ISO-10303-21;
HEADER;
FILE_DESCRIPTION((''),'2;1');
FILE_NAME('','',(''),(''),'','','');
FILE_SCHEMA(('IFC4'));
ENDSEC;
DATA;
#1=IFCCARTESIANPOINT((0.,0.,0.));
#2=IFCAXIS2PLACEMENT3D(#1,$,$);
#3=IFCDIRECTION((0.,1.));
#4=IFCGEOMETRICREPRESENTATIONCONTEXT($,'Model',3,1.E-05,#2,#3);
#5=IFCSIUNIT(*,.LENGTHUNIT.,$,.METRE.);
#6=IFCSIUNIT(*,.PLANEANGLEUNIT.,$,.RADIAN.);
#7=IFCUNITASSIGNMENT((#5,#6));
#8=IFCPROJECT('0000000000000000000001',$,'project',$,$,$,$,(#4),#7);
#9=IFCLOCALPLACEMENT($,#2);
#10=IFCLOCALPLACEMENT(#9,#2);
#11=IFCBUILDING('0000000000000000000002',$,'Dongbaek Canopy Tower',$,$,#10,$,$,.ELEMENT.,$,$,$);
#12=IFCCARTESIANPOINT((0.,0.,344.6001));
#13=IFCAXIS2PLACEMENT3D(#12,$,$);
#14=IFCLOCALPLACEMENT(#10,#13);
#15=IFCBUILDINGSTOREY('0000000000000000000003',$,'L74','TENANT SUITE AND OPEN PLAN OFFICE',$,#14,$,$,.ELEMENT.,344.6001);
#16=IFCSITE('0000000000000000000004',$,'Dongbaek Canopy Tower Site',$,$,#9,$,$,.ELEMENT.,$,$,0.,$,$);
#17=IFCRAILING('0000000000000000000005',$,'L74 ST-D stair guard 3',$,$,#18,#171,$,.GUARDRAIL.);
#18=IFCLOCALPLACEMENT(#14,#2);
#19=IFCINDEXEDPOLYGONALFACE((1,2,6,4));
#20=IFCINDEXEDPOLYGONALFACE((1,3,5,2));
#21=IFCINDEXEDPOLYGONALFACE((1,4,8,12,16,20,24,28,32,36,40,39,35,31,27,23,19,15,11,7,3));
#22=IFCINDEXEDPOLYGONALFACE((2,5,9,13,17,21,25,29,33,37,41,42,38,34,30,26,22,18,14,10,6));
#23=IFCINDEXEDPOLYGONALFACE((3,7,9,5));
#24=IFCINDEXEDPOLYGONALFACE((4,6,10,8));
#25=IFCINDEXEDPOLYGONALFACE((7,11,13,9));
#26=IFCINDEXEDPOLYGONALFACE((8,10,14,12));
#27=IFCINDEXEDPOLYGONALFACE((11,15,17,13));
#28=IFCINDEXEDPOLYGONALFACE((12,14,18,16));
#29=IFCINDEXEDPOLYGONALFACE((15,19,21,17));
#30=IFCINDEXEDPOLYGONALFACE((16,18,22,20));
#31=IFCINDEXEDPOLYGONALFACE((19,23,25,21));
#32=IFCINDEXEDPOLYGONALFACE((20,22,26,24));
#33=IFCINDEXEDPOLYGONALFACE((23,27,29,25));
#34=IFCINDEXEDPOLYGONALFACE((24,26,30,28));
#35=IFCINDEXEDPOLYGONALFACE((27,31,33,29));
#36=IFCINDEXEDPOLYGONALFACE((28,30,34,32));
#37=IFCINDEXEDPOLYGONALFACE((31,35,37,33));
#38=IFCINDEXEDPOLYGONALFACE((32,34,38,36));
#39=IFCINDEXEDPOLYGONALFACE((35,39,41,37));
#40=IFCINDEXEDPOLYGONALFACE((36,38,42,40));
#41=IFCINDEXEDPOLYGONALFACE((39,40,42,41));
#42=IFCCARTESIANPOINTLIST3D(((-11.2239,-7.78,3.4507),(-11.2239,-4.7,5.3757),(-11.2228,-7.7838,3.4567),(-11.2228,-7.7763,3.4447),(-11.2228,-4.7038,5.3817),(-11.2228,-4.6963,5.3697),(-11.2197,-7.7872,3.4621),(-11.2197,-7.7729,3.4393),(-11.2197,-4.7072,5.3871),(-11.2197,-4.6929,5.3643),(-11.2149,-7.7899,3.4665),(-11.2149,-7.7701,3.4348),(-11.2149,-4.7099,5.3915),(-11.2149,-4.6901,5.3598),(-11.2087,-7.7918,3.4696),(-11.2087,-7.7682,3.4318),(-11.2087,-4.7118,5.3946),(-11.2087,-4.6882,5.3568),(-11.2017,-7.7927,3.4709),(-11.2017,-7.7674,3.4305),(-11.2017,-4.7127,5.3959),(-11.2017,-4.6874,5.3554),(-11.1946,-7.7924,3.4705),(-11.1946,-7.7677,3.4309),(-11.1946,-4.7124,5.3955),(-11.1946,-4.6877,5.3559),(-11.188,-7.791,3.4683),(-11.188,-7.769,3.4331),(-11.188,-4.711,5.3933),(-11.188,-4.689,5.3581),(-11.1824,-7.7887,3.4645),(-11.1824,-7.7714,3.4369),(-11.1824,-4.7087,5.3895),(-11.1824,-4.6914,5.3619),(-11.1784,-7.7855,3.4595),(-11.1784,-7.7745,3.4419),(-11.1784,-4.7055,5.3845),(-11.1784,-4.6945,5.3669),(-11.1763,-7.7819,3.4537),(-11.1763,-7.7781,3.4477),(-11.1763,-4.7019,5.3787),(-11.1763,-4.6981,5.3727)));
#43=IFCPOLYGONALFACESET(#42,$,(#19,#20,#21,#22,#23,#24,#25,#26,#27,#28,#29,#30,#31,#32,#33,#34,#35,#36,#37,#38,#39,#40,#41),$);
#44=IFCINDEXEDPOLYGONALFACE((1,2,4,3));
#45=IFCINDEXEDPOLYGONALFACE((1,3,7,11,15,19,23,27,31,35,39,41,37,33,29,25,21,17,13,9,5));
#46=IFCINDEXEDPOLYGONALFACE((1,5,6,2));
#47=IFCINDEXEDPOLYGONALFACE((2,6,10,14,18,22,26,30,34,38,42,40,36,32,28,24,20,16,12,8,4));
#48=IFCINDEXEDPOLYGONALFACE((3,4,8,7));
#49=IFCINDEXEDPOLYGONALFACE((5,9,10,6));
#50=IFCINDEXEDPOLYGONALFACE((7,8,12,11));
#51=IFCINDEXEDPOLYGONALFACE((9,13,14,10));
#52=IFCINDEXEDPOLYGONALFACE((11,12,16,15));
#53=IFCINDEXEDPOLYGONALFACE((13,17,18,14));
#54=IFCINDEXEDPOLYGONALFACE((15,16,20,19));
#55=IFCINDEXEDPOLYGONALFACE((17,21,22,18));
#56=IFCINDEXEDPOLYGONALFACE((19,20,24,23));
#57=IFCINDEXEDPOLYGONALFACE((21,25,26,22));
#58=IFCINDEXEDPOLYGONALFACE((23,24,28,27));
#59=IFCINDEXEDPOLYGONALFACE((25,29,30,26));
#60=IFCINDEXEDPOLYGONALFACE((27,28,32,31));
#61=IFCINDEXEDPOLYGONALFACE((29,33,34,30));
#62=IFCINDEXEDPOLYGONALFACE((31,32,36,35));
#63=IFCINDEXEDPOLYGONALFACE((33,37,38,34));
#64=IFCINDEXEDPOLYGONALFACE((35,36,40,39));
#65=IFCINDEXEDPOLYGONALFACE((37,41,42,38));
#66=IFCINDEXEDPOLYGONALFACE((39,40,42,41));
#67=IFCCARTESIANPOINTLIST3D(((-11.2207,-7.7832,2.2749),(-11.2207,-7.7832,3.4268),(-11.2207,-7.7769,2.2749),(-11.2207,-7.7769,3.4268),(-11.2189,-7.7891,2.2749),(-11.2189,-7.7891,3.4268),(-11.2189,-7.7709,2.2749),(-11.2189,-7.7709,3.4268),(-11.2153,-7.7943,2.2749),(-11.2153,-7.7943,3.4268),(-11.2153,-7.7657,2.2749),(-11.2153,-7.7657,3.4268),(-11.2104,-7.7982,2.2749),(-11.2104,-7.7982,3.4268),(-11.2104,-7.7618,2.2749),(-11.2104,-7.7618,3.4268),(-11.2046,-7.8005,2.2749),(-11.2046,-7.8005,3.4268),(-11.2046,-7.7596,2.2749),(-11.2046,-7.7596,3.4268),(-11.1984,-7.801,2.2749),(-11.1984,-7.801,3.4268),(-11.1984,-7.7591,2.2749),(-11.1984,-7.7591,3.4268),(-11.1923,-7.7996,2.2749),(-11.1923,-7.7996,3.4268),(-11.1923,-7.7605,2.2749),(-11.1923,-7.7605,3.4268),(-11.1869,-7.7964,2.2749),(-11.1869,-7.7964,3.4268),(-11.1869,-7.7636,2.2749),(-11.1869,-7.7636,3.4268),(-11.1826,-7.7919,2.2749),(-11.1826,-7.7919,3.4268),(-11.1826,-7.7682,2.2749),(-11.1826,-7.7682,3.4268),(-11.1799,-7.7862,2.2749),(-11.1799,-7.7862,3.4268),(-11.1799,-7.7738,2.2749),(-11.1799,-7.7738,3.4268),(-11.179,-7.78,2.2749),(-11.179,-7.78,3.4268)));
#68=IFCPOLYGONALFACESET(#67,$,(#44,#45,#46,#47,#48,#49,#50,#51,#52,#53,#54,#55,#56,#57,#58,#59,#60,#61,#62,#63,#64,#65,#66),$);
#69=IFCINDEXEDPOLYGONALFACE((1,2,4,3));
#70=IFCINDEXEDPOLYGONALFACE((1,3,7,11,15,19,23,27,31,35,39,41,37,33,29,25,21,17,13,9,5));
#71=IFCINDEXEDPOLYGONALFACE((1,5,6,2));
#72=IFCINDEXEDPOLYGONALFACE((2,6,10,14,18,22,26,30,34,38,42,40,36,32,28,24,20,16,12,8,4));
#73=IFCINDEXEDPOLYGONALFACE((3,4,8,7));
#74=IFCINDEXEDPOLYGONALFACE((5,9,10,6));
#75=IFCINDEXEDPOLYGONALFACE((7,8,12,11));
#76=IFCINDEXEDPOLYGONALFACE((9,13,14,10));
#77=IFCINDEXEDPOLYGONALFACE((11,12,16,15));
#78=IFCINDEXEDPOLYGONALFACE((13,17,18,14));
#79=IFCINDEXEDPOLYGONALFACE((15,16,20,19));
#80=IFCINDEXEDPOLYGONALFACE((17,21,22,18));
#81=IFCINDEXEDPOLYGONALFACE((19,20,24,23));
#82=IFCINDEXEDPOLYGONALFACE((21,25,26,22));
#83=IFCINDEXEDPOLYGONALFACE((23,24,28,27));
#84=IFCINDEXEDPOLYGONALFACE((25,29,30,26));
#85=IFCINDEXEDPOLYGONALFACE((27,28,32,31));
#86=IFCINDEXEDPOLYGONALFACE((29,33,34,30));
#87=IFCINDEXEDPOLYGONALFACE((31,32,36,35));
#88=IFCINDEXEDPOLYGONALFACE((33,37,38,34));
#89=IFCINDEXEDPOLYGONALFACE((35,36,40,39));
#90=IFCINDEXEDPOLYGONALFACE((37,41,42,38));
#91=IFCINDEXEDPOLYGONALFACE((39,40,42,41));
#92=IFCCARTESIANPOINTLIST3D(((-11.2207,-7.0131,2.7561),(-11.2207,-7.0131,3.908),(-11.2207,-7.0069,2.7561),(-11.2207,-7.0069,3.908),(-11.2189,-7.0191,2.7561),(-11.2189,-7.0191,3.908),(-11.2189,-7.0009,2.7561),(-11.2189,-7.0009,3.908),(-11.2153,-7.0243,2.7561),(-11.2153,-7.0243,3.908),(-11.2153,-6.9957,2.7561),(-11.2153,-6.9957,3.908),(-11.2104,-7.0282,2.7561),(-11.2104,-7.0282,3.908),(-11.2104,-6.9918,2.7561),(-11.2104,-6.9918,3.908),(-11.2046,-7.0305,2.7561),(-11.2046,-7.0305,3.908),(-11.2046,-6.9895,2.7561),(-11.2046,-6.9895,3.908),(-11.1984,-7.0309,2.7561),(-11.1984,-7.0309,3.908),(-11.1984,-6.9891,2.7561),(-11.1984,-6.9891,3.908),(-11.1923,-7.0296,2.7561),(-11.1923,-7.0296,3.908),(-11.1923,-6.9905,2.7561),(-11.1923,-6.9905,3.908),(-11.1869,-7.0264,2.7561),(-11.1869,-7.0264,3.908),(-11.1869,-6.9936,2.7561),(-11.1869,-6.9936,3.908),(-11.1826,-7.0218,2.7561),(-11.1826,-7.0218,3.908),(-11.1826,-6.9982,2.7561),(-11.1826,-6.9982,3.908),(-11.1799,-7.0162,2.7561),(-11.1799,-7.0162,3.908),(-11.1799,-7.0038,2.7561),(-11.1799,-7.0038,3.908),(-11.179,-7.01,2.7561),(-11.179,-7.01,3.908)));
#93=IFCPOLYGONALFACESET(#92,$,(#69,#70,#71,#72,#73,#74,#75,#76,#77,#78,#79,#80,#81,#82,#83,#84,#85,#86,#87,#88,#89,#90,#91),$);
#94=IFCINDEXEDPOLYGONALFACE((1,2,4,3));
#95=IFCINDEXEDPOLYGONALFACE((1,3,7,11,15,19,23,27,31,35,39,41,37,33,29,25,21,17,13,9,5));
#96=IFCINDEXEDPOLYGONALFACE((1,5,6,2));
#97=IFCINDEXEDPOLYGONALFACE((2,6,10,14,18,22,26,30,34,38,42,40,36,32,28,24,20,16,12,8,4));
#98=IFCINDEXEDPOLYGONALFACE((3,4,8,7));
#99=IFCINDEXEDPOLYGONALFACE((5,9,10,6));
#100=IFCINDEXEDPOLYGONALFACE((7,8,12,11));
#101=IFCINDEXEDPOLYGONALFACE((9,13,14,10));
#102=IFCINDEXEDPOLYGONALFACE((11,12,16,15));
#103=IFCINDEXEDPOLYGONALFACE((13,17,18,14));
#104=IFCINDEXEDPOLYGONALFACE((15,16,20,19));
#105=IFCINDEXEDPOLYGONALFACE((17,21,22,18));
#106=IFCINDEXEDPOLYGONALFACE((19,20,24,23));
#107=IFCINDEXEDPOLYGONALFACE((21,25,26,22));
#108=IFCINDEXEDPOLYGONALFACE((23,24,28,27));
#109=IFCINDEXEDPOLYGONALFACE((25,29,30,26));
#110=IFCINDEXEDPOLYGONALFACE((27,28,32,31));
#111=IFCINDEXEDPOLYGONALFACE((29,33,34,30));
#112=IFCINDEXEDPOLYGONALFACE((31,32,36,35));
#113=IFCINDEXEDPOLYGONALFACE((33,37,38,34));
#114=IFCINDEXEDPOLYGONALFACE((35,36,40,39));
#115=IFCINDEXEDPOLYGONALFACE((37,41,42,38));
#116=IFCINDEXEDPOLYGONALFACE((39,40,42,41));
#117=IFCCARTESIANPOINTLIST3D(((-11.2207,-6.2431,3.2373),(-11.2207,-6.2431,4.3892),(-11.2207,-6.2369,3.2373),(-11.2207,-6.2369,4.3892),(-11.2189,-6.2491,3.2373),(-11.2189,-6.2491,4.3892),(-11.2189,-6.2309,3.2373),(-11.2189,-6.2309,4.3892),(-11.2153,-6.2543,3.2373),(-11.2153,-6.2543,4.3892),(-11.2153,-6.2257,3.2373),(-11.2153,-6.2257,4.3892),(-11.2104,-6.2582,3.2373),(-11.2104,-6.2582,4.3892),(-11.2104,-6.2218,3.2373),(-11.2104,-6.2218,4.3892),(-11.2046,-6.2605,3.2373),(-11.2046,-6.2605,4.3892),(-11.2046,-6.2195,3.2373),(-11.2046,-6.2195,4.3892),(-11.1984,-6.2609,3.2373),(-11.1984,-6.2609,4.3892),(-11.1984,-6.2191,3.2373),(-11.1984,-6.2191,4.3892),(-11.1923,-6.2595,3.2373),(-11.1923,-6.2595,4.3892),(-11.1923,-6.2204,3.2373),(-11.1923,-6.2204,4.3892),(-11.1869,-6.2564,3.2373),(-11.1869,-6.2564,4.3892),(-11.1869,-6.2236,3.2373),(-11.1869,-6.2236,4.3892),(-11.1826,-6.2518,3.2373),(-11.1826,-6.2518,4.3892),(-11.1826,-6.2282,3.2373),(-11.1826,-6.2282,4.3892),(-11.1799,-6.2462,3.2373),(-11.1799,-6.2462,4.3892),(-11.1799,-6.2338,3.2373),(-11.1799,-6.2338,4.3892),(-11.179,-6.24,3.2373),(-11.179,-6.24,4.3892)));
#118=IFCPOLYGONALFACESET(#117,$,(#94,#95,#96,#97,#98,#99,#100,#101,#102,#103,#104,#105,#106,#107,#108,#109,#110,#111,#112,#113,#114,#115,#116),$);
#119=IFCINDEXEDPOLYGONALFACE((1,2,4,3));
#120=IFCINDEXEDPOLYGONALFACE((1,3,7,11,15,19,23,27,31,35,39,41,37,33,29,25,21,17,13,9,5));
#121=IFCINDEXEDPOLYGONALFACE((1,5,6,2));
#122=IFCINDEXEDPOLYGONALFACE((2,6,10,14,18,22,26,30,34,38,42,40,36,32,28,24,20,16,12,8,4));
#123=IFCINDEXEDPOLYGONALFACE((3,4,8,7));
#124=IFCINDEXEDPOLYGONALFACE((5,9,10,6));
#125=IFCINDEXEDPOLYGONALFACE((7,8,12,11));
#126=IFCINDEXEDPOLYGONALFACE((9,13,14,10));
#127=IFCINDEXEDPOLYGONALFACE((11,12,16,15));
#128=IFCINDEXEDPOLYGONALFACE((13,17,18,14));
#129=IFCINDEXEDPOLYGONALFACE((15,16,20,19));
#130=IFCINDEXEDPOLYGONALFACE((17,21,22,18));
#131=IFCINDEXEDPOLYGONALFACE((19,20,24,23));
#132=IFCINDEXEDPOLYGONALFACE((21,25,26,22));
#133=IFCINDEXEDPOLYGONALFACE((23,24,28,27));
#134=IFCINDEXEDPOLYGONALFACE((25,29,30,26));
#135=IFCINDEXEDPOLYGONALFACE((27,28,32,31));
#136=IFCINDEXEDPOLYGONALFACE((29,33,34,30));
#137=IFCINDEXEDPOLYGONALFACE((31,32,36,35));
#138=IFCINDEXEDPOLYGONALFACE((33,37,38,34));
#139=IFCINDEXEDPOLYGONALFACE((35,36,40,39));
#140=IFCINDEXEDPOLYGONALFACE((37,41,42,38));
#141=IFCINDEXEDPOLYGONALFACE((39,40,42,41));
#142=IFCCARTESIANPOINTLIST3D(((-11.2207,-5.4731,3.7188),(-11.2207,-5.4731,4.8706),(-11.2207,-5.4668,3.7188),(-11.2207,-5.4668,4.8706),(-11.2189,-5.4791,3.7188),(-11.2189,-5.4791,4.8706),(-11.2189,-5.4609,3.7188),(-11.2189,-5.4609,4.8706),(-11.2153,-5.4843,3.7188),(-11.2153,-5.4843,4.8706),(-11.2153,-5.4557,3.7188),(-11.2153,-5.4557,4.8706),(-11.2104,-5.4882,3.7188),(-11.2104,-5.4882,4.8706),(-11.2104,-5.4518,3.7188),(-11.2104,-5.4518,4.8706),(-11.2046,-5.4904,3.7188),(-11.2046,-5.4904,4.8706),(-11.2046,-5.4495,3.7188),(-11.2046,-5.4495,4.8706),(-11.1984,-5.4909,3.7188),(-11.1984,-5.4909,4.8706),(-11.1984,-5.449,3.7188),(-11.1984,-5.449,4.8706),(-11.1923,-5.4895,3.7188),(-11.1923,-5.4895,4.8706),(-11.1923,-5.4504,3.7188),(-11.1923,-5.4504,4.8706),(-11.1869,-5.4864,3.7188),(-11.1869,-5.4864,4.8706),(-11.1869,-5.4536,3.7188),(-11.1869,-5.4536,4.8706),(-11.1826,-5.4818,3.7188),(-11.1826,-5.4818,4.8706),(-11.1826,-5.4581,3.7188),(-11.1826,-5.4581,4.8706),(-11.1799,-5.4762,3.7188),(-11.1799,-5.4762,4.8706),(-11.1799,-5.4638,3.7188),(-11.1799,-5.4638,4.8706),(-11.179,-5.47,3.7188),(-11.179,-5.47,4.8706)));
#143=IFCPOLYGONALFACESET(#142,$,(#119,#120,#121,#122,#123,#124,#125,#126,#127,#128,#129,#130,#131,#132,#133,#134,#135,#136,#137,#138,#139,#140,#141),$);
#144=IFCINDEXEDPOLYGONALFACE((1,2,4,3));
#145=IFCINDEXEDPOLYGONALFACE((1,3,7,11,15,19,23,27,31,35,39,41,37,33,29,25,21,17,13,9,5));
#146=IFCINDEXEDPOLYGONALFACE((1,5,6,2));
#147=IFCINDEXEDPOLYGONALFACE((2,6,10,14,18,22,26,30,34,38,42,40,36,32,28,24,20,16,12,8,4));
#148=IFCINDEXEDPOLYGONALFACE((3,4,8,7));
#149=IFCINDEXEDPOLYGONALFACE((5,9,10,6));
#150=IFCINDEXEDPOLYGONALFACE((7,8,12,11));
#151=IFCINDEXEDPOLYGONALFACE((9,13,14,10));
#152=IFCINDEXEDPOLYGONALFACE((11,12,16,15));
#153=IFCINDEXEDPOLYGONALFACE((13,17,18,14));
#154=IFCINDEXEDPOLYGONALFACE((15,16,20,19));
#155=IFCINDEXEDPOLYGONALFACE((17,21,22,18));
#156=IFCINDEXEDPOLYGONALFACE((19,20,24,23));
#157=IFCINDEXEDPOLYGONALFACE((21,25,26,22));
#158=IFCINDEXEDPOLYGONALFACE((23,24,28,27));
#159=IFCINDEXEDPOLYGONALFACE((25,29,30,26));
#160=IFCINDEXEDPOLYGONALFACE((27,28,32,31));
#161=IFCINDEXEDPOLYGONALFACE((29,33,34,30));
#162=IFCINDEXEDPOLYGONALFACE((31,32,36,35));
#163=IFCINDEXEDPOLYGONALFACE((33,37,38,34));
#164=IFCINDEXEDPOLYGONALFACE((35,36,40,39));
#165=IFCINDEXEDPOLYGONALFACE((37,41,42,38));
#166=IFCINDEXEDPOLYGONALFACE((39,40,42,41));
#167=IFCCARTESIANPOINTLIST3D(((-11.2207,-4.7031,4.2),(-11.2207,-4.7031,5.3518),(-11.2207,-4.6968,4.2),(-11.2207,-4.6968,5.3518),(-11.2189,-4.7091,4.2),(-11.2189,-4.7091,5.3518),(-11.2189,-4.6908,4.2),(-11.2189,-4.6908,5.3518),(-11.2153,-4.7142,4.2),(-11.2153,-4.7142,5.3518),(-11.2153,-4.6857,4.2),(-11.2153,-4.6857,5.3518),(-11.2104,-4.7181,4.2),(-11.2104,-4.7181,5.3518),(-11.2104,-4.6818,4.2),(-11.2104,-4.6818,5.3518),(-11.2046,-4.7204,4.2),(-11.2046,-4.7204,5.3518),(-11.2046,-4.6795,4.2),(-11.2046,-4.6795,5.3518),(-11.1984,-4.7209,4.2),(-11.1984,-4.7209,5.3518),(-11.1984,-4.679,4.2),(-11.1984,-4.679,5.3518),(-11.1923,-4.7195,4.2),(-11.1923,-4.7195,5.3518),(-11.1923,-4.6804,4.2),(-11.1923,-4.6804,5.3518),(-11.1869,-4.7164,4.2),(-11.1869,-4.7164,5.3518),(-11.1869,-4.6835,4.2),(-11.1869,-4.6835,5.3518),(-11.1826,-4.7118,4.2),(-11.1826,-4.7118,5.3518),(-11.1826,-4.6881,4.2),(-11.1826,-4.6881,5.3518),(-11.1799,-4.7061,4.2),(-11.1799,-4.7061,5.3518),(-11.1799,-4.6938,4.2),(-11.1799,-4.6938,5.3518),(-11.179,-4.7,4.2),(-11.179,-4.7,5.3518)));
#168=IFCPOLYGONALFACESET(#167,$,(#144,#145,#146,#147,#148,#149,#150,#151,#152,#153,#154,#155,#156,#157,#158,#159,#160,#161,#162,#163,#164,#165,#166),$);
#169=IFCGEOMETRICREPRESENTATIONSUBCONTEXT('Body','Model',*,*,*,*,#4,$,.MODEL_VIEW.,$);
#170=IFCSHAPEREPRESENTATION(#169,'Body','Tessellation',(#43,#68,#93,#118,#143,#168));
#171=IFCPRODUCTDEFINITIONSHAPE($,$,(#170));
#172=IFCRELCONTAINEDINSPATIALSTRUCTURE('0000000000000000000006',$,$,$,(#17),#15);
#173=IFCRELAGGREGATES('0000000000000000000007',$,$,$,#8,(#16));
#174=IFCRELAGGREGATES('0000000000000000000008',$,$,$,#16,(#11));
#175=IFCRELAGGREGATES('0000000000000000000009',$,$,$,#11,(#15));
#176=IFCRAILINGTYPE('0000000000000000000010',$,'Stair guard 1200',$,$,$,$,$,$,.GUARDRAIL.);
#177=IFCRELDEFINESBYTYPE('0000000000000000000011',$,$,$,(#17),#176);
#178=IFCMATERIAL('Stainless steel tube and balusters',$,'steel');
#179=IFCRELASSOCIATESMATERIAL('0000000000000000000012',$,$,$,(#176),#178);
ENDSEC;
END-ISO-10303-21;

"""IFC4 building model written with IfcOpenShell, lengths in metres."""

from ifc_helpers import new_model, si_unit, direction, frame, origin, origin_2d, place, context, subcontext, project, spatial, circle, extrude, material, type_object, element, save


model = new_model("IFC4")

# Units and contexts
model_context = context("Model", 3, precision=1e-05, world=origin(), true_north=direction((0.0, 1.0)))
body_context = subcontext(model_context, "Body", "Model", "MODEL_VIEW")
ifc_project = project(units=[si_unit("LENGTHUNIT", "METRE"), si_unit("PLANEANGLEUNIT", "RADIAN")], contexts=[model_context])

# Site, building, storey
site_placement = place(None, origin())
site = spatial("IfcSite", under=ifc_project, at=site_placement, Name="Dongbaek Canopy Tower Site", CompositionType="ELEMENT", RefElevation=0.0)
building_placement = place(site_placement, origin())
building = spatial("IfcBuilding", under=site, at=building_placement, Name="Dongbaek Canopy Tower", CompositionType="ELEMENT")
storey_placement = place(building_placement, frame((0.0, 0.0, 344.6001)))
storey = spatial("IfcBuildingStorey", under=building, at=storey_placement, Name="L74", Description="TENANT SUITE AND OPEN PLAN OFFICE", CompositionType="ELEMENT", Elevation=344.6001)

# Railing
ifc_material_1 = material(Name="Stainless steel tube and balusters", Category="steel")
railing_type_1 = type_object("IfcRailingType", Name="Stair guard 1200", PredefinedType="GUARDRAIL", material=ifc_material_1)
railing_1_placement = place(storey_placement, frame((-11.2, -7.78, 2.2749)))
element("IfcRailing", 1, at=railing_1_placement, inside=storey, type_object=railing_type_1, Name="L74 ST-D stair guard 3", PredefinedType="GUARDRAIL", context=body_context, shape_type="SweptSolid", body=[
    extrude(circle(Radius=0.0239, at=origin_2d()), frame((0.0, 0.0, 1.1758), z_axis=(0.0, 0.847998, 0.529999), x_axis=(-1.0, 0.0, 0.0)), (0.0, 0.0, 1.0), 3.6321),
    extrude(circle(Radius=0.021, at=origin_2d()), origin(), (0.0, 0.0, 1.0), 1.1519),
    extrude(circle(Radius=0.021, at=origin_2d()), frame((0.0, 0.77, 0.4812)), (0.0, 0.0, 1.0), 1.1519),
    extrude(circle(Radius=0.021, at=origin_2d()), frame((0.0, 1.54, 0.9624)), (0.0, 0.0, 1.0), 1.1519),
    extrude(circle(Radius=0.021, at=origin_2d()), frame((0.0, 2.3101, 1.4438)), (0.0, 0.0, 1.0), 1.1519),
    extrude(circle(Radius=0.021, at=origin_2d()), frame((0.0, 3.0801, 1.925)), (0.0, 0.0, 1.0), 1.1519),
])

save(model, "model.ifc")
